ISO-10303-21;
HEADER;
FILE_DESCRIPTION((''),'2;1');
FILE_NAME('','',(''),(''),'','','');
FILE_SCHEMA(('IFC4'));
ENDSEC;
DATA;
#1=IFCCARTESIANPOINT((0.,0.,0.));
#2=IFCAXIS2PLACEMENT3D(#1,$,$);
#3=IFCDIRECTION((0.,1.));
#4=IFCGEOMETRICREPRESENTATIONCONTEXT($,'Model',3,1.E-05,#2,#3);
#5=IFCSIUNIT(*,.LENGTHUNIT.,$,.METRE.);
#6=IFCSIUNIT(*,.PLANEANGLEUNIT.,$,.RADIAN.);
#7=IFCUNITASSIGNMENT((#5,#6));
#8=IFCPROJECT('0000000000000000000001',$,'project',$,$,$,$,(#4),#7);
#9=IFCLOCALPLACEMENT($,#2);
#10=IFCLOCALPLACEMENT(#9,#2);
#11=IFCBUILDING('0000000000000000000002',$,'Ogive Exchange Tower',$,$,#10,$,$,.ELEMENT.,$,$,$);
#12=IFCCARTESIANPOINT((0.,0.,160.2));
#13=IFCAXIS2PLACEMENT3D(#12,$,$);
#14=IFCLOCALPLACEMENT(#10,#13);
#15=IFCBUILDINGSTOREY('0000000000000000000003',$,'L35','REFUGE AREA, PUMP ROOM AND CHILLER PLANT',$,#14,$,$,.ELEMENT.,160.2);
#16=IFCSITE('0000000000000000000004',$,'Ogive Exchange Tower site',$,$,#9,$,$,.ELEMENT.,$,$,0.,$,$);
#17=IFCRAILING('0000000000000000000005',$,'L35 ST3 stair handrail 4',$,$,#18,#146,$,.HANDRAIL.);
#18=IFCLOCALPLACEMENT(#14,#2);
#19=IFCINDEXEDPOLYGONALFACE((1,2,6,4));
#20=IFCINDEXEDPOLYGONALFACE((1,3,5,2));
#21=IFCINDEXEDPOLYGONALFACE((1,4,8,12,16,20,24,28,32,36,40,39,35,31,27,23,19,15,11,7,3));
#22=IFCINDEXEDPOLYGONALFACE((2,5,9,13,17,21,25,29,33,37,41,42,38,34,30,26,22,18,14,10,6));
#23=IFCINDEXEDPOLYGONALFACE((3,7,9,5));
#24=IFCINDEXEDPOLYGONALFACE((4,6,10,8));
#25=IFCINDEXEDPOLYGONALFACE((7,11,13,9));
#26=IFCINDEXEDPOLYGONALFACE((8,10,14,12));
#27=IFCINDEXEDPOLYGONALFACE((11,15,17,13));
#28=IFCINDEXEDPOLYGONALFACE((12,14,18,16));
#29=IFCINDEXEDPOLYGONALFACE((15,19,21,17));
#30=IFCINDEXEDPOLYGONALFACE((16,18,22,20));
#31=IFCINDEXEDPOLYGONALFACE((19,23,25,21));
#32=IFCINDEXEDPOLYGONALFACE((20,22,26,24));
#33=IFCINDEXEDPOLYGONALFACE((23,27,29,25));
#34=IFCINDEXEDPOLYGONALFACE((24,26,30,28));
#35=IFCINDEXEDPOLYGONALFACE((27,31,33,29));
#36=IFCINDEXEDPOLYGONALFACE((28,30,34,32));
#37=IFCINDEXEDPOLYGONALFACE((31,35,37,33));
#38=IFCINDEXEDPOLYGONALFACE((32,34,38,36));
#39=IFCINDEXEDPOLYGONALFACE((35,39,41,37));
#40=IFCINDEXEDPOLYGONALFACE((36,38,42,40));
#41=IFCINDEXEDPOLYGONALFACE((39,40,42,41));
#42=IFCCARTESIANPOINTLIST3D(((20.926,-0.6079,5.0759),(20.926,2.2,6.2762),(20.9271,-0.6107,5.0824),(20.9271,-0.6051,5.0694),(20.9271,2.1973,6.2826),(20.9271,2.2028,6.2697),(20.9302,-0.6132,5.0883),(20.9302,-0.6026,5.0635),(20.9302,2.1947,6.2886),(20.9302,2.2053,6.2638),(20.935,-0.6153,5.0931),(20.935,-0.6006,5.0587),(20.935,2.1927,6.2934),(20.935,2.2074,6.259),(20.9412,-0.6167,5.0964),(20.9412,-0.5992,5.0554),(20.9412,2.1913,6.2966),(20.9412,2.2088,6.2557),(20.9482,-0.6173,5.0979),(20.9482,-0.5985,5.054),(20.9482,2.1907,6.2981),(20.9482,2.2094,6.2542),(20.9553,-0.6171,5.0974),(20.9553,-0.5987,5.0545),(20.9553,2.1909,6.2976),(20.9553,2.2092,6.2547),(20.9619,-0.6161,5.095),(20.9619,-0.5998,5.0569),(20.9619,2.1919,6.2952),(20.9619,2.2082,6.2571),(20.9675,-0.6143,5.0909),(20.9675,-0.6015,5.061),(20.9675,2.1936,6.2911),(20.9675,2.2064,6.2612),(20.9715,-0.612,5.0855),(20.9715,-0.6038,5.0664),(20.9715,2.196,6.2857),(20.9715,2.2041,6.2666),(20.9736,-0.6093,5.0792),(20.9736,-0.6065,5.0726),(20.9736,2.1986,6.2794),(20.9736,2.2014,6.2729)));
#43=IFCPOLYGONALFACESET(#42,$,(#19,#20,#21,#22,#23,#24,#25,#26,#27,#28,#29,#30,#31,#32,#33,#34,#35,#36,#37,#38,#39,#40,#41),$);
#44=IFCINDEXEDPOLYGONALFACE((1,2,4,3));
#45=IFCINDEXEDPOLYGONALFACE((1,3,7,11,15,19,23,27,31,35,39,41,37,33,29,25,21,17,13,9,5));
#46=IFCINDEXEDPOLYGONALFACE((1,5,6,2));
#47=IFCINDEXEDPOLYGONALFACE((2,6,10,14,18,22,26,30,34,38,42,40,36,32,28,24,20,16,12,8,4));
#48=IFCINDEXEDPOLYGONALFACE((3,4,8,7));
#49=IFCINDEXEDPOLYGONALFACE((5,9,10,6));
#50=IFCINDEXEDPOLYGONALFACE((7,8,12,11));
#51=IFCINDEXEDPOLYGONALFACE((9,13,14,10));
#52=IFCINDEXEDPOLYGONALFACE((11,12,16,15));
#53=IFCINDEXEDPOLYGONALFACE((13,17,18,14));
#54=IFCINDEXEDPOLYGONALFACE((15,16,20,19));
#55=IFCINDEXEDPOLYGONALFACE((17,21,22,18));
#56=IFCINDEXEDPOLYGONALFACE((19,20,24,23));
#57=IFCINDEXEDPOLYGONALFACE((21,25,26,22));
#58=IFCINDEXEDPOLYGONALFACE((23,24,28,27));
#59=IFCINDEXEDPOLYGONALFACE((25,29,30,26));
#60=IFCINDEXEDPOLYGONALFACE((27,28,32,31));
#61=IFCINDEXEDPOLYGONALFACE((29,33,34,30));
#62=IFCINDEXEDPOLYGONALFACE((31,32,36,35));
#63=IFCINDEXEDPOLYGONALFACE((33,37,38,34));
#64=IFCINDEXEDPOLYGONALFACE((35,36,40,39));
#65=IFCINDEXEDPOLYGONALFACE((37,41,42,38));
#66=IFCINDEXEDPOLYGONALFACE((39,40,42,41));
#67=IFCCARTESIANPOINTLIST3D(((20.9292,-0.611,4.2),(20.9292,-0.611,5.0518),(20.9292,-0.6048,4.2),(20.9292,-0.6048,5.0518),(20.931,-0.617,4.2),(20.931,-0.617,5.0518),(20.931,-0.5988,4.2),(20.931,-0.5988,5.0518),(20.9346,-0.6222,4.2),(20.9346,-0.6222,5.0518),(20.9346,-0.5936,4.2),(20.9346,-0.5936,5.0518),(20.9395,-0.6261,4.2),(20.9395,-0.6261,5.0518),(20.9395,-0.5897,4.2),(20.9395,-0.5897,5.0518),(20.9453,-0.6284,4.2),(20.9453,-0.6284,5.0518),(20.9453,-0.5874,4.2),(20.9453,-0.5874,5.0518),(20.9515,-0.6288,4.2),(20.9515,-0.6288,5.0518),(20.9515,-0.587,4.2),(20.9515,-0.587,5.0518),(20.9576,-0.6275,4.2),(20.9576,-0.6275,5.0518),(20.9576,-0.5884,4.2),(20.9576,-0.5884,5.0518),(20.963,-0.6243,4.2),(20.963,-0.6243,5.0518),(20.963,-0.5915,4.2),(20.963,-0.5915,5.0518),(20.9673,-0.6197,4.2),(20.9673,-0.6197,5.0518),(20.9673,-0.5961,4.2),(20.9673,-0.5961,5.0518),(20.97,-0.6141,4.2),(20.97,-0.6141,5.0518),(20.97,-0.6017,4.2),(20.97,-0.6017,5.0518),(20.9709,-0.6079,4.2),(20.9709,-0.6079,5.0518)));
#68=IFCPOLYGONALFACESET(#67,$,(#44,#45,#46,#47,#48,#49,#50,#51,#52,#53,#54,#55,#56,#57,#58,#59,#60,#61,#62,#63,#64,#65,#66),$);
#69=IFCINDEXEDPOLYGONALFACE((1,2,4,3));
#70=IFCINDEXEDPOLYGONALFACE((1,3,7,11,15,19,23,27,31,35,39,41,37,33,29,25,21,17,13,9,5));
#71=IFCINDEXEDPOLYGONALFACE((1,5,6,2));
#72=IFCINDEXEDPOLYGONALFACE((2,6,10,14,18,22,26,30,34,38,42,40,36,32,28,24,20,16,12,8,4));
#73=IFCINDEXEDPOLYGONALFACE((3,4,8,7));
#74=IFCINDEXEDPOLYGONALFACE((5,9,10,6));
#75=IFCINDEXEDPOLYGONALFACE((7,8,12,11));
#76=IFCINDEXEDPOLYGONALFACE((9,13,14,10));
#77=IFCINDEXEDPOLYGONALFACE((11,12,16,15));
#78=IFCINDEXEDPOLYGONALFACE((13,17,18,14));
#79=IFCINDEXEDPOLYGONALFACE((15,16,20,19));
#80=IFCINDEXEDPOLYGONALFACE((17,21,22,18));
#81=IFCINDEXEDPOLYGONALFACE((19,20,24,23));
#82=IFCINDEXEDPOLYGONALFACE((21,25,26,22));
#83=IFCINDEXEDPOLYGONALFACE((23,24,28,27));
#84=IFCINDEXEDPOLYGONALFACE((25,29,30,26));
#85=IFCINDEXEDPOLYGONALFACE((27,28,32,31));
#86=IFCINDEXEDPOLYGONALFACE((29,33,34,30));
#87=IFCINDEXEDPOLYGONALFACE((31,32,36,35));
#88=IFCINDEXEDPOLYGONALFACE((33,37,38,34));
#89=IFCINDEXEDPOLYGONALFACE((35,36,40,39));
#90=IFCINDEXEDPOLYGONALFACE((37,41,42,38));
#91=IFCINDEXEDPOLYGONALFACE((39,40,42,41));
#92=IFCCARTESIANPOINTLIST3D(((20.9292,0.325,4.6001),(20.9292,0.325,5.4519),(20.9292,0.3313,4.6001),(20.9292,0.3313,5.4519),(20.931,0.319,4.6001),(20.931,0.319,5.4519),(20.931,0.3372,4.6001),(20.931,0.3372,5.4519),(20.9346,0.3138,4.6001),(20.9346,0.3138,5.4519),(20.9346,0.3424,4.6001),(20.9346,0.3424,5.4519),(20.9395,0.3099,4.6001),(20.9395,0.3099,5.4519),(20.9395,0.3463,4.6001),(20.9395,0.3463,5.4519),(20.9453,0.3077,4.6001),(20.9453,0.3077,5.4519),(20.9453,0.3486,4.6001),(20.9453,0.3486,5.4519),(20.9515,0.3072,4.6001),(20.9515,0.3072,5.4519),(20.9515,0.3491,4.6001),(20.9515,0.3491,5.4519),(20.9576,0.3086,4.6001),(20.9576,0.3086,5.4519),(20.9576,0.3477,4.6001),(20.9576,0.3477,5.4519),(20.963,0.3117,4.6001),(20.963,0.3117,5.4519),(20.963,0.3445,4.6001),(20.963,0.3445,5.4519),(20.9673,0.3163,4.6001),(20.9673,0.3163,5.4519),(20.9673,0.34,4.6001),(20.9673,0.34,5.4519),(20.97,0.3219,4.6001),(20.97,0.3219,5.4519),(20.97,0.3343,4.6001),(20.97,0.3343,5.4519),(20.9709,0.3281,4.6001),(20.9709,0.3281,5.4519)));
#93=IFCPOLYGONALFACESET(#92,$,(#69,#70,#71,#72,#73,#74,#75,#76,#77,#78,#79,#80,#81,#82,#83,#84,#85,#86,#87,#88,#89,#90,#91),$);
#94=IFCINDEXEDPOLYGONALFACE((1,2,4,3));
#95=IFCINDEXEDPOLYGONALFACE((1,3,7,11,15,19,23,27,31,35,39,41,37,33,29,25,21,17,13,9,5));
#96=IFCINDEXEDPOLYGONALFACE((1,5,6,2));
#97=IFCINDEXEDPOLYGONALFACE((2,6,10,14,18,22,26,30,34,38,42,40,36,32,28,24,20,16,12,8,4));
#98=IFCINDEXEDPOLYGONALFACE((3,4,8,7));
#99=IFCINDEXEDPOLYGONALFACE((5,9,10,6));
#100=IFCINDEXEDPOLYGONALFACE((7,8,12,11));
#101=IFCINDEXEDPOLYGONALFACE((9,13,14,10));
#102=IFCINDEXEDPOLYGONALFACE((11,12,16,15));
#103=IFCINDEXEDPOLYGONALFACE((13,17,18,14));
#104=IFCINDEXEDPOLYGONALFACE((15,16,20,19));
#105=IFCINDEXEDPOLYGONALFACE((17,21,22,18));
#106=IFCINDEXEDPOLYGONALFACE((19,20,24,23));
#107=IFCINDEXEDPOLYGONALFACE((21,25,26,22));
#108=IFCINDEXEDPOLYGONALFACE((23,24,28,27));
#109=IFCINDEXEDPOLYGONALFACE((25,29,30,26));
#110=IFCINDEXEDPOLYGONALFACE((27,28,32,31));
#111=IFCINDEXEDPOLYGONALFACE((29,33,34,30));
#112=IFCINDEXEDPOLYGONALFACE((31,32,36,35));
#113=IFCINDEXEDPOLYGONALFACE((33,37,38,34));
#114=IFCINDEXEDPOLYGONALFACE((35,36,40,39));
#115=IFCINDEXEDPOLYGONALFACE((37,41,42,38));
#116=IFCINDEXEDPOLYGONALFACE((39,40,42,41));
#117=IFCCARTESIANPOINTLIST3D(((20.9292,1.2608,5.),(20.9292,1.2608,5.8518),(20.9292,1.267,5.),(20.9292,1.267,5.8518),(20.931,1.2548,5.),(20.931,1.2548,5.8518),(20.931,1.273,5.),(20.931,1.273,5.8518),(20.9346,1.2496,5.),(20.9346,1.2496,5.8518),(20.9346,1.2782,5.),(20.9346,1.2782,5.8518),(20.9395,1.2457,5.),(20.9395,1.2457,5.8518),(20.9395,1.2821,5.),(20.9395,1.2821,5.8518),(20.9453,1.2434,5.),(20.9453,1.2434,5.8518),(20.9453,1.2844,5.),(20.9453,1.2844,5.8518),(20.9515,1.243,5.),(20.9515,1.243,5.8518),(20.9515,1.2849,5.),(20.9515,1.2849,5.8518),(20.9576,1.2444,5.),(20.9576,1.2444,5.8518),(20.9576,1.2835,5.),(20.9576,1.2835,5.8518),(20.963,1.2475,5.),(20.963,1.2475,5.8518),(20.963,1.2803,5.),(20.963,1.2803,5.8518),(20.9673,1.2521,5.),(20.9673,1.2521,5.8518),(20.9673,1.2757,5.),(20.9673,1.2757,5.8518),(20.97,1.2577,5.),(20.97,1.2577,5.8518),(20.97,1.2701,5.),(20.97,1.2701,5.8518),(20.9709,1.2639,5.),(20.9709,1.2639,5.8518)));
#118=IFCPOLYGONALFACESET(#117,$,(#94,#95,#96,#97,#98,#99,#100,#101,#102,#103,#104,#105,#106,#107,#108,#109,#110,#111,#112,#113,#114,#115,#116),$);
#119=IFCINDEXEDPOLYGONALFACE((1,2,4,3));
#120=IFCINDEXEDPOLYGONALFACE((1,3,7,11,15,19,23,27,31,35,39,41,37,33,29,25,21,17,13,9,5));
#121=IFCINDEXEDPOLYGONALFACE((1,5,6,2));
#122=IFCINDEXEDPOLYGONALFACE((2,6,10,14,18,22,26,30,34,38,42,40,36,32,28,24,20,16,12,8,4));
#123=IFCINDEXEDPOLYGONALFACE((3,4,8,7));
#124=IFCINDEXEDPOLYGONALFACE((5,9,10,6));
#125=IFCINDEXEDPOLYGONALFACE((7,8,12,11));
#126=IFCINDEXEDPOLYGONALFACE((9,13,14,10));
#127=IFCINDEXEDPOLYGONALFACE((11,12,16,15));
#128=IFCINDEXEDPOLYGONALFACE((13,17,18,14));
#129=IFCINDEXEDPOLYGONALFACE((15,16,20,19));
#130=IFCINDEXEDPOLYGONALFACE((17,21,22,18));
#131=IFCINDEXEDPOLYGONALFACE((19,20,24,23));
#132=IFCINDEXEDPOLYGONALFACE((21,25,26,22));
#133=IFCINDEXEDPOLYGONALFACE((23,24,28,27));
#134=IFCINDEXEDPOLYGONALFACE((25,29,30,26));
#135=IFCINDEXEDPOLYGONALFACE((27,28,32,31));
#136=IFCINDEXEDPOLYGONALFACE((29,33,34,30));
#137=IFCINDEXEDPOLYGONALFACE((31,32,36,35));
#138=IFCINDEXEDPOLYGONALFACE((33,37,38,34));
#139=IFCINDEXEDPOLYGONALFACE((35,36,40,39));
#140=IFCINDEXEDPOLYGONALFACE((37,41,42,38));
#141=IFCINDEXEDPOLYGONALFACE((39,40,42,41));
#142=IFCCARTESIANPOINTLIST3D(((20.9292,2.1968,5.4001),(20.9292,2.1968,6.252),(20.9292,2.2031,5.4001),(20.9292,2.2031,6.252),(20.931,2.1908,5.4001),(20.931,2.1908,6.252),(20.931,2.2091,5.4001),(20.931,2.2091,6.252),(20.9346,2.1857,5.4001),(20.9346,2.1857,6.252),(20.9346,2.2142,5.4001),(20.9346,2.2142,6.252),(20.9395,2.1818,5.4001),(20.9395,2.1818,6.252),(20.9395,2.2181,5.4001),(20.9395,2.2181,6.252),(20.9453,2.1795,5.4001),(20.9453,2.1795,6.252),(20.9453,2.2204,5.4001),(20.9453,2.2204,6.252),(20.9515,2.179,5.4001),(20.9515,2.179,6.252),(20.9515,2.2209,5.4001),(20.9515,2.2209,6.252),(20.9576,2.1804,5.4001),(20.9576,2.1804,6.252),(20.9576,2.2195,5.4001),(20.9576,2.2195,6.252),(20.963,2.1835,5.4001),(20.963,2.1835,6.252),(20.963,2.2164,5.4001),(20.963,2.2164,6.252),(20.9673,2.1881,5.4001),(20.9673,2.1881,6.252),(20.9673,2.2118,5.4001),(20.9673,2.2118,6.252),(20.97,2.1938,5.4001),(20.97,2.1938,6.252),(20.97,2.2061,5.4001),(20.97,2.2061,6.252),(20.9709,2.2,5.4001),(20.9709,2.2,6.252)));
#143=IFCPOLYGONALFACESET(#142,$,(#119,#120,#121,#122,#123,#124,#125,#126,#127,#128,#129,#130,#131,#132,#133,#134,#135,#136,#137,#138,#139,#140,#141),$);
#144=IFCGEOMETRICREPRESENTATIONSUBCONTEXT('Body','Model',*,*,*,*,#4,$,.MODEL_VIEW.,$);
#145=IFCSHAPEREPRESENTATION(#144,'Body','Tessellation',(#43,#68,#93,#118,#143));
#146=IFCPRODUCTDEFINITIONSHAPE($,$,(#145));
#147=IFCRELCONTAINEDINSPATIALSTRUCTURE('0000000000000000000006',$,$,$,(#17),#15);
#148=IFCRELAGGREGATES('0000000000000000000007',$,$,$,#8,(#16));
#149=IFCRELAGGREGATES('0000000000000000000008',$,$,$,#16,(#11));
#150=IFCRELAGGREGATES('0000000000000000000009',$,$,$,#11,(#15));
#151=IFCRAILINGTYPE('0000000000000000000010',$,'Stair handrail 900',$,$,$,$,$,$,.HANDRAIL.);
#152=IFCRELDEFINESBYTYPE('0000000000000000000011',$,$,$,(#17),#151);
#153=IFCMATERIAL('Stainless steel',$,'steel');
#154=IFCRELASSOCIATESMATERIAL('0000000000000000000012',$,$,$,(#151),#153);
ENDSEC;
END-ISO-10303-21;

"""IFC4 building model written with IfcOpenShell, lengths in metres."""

from ifc_helpers import new_model, si_unit, direction, frame, origin, origin_2d, place, context, subcontext, project, spatial, circle, extrude, material, type_object, element, save


model = new_model("IFC4")

# Units and contexts
model_context = context("Model", 3, precision=1e-05, world=origin(), true_north=direction((0.0, 1.0)))
body_context = subcontext(model_context, "Body", "Model", "MODEL_VIEW")
ifc_project = project(units=[si_unit("LENGTHUNIT", "METRE"), si_unit("PLANEANGLEUNIT", "RADIAN")], contexts=[model_context])

# Site, building, storey
site_placement = place(None, origin())
site = spatial("IfcSite", under=ifc_project, at=site_placement, Name="Ogive Exchange Tower site", CompositionType="ELEMENT", RefElevation=0.0)
building_placement = place(site_placement, origin())
building = spatial("IfcBuilding", under=site, at=building_placement, Name="Ogive Exchange Tower", CompositionType="ELEMENT")
storey_placement = place(building_placement, frame((0.0, 0.0, 160.2)))
storey = spatial("IfcBuildingStorey", under=building, at=storey_placement, Name="L35", Description="REFUGE AREA, PUMP ROOM AND CHILLER PLANT", CompositionType="ELEMENT", Elevation=160.2)

# Shared definitions
ifc_material_1 = material(Name="Stainless steel", Category="steel")

# Railing
railing_type = type_object("IfcRailingType", Name="Stair handrail 900", PredefinedType="HANDRAIL", material=ifc_material_1)
railing_1_placement = place(storey_placement, frame((20.95, -0.6079, 4.2)))
element("IfcRailing", 1, at=railing_1_placement, inside=storey, type_object=railing_type, Name="L35 ST3 stair handrail 4", PredefinedType="HANDRAIL", context=body_context, shape_type="SweptSolid", body=[
    extrude(circle(Radius=0.0239, at=origin_2d()), frame((0.0, 0.0, 0.876), z_axis=(0.0, 0.919521, 0.393041), x_axis=(-1.0, 0.0, 0.0)), (0.0, 0.0, 1.0), 3.0537),
    extrude(circle(Radius=0.021, at=origin_2d()), origin(), (0.0, 0.0, 1.0), 0.8518),
    extrude(circle(Radius=0.021, at=origin_2d()), frame((0.0, 0.936, 0.4001)), (0.0, 0.0, 1.0), 0.8518),
    extrude(circle(Radius=0.021, at=origin_2d()), frame((0.0, 1.8718, 0.8)), (0.0, 0.0, 1.0), 0.8518),
    extrude(circle(Radius=0.021, at=origin_2d()), frame((0.0, 2.8079, 1.2002)), (0.0, 0.0, 1.0), 0.8518),
])

save(model, "model.ifc")
